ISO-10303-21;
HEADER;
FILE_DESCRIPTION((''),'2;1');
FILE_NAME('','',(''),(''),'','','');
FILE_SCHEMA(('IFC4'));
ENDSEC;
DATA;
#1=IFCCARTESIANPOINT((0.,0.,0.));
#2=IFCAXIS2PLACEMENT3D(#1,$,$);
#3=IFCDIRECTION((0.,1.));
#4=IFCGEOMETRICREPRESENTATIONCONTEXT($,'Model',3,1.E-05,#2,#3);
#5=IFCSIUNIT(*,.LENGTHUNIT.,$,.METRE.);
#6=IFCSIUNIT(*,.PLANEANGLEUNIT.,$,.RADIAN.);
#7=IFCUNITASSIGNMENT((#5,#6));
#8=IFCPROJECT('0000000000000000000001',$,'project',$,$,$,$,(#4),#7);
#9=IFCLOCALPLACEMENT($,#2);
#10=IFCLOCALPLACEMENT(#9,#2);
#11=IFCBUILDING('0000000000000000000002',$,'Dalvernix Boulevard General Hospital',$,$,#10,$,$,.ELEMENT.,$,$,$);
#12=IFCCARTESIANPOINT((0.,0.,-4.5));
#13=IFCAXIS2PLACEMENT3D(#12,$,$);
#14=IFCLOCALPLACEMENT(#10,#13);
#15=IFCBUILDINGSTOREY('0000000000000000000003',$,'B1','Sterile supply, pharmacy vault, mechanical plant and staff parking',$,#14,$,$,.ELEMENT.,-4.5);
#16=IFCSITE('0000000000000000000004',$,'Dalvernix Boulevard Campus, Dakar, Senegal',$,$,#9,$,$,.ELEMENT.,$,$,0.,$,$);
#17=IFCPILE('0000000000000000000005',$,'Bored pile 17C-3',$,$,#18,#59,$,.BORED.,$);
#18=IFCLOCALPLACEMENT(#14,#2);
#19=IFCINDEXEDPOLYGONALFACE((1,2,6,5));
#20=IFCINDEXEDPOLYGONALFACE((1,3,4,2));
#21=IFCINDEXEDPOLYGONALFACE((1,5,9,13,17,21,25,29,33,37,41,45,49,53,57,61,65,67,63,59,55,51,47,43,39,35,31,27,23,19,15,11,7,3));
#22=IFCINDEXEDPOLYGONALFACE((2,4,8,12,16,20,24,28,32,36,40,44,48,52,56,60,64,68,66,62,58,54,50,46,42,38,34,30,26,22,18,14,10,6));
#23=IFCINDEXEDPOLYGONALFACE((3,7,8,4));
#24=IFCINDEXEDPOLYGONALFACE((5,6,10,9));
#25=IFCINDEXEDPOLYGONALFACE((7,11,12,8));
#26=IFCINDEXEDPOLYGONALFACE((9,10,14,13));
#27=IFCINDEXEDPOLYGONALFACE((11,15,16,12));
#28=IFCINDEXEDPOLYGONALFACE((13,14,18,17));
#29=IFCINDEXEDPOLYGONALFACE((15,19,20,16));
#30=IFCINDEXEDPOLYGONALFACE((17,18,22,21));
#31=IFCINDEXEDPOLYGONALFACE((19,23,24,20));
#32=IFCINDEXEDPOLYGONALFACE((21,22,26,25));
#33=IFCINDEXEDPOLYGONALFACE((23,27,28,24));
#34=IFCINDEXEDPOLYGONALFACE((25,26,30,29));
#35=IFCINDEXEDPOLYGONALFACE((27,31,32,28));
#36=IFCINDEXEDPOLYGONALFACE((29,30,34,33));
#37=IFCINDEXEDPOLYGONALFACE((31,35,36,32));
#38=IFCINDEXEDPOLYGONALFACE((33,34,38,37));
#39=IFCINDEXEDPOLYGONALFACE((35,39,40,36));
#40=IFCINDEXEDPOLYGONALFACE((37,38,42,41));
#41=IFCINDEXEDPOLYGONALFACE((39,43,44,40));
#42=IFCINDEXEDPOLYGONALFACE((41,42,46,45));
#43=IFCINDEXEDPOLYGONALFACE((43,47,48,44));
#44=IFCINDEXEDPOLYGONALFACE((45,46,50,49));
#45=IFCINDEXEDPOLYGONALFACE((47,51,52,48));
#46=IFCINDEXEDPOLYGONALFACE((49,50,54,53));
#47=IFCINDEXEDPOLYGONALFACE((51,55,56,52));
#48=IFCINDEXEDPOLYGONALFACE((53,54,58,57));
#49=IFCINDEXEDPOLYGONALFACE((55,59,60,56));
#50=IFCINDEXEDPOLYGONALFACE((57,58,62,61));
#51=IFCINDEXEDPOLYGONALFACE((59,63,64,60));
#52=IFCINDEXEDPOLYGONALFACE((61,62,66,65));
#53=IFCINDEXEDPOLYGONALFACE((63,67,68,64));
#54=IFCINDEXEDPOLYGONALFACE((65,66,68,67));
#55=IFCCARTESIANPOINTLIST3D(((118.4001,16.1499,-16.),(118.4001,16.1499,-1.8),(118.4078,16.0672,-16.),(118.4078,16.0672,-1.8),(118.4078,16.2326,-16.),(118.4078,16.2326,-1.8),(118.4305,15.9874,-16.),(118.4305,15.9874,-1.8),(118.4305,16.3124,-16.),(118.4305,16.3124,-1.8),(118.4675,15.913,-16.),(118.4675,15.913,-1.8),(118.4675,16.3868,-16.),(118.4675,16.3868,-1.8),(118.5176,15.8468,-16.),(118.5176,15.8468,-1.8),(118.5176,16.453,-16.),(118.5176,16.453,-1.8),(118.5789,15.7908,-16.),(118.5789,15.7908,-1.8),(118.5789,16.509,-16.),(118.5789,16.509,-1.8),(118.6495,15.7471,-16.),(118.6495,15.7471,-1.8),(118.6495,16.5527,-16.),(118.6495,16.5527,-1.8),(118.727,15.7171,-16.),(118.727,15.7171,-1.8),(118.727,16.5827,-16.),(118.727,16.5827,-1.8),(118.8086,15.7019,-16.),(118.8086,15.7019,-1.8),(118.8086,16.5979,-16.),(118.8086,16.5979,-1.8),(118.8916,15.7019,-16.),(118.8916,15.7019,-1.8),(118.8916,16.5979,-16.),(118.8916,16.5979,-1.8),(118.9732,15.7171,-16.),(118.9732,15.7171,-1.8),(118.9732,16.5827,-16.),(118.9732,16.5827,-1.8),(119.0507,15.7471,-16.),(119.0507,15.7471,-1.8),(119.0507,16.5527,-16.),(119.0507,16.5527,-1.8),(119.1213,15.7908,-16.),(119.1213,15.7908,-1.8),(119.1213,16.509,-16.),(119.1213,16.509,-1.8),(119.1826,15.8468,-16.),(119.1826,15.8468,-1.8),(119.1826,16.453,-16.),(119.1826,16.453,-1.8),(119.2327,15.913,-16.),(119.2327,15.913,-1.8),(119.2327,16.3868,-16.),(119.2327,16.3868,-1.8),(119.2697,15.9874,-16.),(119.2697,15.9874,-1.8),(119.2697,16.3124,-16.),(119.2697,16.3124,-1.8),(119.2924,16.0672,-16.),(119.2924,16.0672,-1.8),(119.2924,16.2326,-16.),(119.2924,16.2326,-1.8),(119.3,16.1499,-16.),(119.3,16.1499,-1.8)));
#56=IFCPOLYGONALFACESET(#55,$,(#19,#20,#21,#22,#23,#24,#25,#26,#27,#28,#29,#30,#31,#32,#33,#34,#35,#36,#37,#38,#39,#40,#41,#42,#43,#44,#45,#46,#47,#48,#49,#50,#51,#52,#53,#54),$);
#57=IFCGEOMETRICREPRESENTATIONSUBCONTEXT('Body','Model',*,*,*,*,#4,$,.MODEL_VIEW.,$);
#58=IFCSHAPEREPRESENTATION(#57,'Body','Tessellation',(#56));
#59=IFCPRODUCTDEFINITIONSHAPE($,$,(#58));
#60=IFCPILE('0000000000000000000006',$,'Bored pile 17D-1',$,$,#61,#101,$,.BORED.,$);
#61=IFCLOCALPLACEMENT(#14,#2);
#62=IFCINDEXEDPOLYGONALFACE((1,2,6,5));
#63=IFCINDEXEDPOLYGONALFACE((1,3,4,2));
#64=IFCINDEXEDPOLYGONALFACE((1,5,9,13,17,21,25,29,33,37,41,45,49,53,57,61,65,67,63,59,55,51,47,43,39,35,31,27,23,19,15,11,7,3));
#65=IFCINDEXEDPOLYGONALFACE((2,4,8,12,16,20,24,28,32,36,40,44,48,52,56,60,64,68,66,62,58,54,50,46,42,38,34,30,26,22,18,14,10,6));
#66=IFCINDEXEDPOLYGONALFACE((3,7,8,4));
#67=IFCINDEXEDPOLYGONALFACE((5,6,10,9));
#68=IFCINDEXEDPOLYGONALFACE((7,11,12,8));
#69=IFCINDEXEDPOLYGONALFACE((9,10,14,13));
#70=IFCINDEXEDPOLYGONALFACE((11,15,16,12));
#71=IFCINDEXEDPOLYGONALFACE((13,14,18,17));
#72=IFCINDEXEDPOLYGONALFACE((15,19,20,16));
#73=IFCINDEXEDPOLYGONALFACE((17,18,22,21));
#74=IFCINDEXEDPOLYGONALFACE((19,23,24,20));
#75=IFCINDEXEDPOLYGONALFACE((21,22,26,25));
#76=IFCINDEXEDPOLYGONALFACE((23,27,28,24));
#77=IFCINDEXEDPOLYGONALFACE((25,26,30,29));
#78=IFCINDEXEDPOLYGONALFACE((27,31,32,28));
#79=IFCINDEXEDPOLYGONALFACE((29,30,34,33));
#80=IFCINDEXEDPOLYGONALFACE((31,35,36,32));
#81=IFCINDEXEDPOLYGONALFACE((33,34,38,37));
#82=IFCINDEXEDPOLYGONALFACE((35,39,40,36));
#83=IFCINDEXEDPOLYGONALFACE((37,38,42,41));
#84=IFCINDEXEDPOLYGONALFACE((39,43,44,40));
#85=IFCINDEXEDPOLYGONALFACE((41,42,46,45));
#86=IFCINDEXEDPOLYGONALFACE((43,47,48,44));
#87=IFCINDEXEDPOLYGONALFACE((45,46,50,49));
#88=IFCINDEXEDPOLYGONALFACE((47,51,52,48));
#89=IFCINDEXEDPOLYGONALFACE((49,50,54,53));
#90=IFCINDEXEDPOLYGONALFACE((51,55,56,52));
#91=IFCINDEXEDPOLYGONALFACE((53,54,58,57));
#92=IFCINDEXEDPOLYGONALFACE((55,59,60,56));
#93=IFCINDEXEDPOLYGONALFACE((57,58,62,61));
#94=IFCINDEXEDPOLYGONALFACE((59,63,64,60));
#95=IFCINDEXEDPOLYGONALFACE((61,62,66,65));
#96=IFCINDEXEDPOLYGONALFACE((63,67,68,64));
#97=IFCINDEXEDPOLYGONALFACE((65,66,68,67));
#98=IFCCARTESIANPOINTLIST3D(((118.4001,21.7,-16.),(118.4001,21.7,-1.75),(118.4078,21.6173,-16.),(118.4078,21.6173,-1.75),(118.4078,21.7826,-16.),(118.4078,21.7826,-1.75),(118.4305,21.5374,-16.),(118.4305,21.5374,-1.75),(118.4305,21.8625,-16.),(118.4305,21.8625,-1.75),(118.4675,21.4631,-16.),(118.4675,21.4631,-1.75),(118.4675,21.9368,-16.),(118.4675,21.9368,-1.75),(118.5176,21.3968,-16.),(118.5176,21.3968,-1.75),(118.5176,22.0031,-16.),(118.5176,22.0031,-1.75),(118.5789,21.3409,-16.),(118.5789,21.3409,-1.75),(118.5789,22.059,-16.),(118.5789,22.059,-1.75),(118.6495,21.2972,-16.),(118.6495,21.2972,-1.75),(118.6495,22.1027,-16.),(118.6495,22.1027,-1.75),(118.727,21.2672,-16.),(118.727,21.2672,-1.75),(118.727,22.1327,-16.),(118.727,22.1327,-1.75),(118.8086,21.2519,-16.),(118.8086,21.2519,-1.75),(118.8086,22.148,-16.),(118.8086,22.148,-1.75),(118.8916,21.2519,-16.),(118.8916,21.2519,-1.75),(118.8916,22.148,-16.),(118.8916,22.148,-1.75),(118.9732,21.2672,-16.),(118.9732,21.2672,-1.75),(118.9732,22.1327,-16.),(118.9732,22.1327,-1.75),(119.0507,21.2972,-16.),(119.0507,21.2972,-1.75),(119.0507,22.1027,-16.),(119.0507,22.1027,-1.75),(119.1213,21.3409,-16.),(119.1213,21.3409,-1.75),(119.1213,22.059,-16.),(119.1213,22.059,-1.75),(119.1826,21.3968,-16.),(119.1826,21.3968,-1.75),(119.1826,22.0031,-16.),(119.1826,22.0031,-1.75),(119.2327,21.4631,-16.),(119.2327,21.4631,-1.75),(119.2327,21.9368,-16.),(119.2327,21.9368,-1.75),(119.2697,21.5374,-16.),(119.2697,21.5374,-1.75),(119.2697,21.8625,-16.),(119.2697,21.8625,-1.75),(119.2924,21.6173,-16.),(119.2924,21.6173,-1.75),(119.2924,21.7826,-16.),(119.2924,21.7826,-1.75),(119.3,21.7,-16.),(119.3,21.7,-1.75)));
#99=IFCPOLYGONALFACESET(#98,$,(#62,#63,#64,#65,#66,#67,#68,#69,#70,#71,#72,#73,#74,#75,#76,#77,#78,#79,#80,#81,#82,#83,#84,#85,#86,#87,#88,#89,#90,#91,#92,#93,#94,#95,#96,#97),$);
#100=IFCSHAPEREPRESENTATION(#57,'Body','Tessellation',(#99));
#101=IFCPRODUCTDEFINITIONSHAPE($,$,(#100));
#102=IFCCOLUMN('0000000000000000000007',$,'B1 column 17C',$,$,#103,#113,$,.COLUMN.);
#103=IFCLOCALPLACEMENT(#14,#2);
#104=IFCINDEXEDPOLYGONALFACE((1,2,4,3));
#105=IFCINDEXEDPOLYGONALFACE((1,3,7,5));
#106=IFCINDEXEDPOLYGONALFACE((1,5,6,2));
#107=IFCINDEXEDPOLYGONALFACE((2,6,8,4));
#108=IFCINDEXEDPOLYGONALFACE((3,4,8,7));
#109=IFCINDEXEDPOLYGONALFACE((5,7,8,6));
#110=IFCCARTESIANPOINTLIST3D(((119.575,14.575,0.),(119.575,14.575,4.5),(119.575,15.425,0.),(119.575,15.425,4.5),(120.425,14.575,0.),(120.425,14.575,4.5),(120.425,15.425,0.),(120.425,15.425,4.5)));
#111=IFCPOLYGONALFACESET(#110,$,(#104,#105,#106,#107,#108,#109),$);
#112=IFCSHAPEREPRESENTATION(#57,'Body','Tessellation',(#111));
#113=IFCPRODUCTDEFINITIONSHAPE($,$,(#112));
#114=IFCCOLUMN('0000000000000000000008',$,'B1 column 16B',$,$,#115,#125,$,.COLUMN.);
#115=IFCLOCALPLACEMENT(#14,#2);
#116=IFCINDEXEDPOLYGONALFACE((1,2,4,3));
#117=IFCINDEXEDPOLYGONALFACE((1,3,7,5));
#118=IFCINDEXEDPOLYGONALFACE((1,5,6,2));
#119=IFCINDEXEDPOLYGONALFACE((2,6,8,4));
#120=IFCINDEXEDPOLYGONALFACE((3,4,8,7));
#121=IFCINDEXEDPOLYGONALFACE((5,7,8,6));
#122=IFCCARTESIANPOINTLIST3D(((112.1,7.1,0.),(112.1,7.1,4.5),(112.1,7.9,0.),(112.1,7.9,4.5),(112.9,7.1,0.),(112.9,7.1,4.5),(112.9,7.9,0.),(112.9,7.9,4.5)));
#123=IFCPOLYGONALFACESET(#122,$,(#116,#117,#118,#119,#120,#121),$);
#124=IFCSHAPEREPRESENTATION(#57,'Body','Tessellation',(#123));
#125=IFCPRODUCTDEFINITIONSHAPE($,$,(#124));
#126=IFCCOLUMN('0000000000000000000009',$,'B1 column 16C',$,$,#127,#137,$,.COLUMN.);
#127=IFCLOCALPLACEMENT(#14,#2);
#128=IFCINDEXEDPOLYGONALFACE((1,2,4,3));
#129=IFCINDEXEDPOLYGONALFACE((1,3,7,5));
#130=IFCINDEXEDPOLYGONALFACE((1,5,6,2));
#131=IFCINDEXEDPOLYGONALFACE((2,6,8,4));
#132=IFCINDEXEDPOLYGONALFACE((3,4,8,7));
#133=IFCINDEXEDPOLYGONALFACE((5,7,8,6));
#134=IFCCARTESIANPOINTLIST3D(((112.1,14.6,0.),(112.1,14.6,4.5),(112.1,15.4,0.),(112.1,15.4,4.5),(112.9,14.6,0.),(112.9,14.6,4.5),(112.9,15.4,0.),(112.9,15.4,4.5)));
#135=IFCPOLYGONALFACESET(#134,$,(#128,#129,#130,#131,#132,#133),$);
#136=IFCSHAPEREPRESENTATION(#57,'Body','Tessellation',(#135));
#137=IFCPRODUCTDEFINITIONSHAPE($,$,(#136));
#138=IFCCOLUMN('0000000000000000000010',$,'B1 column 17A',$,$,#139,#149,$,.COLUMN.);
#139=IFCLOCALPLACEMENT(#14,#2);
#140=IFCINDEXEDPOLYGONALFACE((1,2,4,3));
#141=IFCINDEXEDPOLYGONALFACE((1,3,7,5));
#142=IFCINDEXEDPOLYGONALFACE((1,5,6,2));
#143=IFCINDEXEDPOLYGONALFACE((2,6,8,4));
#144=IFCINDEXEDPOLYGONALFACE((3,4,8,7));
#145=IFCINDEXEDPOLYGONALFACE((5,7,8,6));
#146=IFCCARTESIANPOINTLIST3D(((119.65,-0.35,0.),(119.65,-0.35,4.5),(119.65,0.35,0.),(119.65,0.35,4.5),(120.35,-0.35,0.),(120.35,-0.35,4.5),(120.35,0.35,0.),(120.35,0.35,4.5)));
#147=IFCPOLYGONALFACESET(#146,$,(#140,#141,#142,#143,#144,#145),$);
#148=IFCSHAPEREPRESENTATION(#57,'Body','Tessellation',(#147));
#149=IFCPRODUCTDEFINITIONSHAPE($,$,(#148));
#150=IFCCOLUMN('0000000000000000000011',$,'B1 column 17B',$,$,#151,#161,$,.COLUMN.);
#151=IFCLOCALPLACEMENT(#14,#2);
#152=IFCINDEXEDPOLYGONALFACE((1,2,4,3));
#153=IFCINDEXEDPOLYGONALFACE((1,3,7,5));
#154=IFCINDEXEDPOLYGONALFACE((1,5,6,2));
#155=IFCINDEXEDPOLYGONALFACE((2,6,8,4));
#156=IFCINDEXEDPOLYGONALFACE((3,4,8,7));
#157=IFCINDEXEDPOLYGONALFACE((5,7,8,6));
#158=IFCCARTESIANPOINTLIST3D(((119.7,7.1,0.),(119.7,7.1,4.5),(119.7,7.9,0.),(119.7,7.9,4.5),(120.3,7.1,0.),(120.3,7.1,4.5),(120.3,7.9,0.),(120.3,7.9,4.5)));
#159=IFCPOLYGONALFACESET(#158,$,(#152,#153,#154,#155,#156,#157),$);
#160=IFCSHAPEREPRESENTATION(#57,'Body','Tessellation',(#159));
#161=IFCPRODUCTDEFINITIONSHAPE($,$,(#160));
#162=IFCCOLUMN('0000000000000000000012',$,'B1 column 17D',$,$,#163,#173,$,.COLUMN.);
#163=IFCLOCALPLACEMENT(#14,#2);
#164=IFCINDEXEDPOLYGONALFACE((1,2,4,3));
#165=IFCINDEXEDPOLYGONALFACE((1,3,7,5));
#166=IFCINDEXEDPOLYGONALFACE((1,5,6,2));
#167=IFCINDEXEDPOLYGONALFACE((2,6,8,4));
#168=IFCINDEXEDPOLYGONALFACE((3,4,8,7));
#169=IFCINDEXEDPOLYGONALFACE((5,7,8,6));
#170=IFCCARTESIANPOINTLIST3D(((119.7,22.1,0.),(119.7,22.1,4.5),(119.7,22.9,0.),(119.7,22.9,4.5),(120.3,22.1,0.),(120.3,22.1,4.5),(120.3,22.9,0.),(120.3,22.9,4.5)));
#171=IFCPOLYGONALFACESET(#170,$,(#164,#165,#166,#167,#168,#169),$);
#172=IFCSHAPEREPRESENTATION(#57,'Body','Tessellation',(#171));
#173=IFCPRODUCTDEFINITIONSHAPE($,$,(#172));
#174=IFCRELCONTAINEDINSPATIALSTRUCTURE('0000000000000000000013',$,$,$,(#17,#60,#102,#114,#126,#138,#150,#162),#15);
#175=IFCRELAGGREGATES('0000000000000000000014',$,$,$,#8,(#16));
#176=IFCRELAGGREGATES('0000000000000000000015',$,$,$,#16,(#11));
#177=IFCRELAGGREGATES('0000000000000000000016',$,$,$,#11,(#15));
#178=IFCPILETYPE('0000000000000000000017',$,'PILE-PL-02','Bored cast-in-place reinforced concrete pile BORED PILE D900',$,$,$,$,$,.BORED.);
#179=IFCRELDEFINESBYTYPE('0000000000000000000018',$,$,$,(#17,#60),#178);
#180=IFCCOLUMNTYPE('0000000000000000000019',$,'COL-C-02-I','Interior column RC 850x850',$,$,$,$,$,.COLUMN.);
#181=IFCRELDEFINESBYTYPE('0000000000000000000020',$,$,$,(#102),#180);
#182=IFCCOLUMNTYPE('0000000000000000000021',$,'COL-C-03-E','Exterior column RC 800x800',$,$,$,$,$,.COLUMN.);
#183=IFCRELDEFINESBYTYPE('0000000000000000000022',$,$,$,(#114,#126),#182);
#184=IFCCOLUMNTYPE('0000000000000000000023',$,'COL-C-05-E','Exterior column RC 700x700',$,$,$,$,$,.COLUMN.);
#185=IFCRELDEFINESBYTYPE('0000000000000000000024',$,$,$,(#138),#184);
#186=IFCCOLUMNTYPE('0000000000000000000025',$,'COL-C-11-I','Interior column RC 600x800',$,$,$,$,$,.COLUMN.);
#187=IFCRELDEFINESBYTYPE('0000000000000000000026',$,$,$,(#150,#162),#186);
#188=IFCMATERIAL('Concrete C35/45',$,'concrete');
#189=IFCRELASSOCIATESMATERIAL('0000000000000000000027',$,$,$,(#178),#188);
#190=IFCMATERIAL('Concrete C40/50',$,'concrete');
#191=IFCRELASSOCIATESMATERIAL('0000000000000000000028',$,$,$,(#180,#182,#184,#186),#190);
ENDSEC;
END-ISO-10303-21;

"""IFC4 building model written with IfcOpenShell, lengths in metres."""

from ifc_helpers import new_model, si_unit, direction, frame, origin, origin_2d, place, context, subcontext, project, spatial, rectangle, circle, extrude, material, material_profile, profile_set, type_object, element, save


model = new_model("IFC4")

# Units and contexts
model_context = context("Model", 3, precision=1e-05, world=origin(), true_north=direction((0.0, 1.0)))
body_context = subcontext(model_context, "Body", "Model", "MODEL_VIEW")
ifc_project = project(units=[si_unit("LENGTHUNIT", "METRE"), si_unit("PLANEANGLEUNIT", "RADIAN")], contexts=[model_context])

# Site, building, storey
site_placement = place(None, origin())
site = spatial("IfcSite", under=ifc_project, at=site_placement, Name="Dalvernix Boulevard Campus, Dakar, Senegal", CompositionType="ELEMENT", RefElevation=0.0)
building_placement = place(site_placement, origin())
building = spatial("IfcBuilding", under=site, at=building_placement, Name="Dalvernix Boulevard General Hospital", CompositionType="ELEMENT")
storey_placement = place(building_placement, frame((0.0, 0.0, -4.5)))
storey = spatial("IfcBuildingStorey", under=building, at=storey_placement, Name="B1", Description="Sterile supply, pharmacy vault, mechanical plant and staff parking", CompositionType="ELEMENT", Elevation=-4.5)

# Shared definitions
ifc_material_1 = material(Name="Concrete C35/45", Category="concrete")
ifc_material_2 = material(Name="Concrete C40/50", Category="concrete")

# Piles
ifc_material_profile_1 = material_profile(ifc_material_1, circle(Radius=0.45, at=origin_2d()), Name="BORED PILE D900")
ifc_profile_set_1 = profile_set([ifc_material_profile_1], Name="Concrete C35/45")
pile_type_1 = type_object("IfcPileType", Name="PILE-PL-02", Description="Bored cast-in-place reinforced concrete pile BORED PILE D900", PredefinedType="BORED", material=ifc_profile_set_1)
for number, where, z_axis, x_axis, name in (
    (1, (118.8501, 16.1499, -1.8), (0.0, 0.0, -1.0), (1.0, 0.0, 0.0), "Bored pile 17C-3"),
):
    element("IfcPile", number, at=place(storey_placement, frame(where, z_axis=z_axis, x_axis=x_axis)), inside=storey, type_object=pile_type_1, Name=name, PredefinedType="BORED", context=body_context, shape_type="SweptSolid", body=[
        extrude(circle(Radius=0.45, at=origin_2d()), origin(), (0.0, 0.0, 1.0), 14.2),
    ])
pile_placement = place(storey_placement, frame((118.8501, 21.7, -1.75), z_axis=(0.0, 0.0, -1.0), x_axis=(1.0, 0.0, 0.0)))
element("IfcPile", 2, at=pile_placement, inside=storey, type_object=pile_type_1, Name="Bored pile 17D-1", PredefinedType="BORED", context=body_context, shape_type="SweptSolid", body=[
    extrude(circle(Radius=0.45, at=origin_2d()), origin(), (0.0, 0.0, 1.0), 14.25),
])

# Columns
ifc_material_profile_2 = material_profile(ifc_material_2, rectangle(XDim=0.8501, YDim=0.8501, at=origin_2d()), Name="RC 850x850")
ifc_profile_set_2 = profile_set([ifc_material_profile_2], Name="Concrete C40/50")
column_type_1 = type_object("IfcColumnType", Name="COL-C-02-I", Description="Interior column RC 850x850", PredefinedType="COLUMN", material=ifc_profile_set_2)
column_1_placement = place(storey_placement, frame((120.0, 15.0, 0.0), z_axis=(0.0, 0.0, 1.0), x_axis=(1.0, 0.0, 0.0)))
element("IfcColumn", 3, at=column_1_placement, inside=storey, type_object=column_type_1, Name="B1 column 17C", PredefinedType="COLUMN", context=body_context, shape_type="SweptSolid", body=[
    extrude(rectangle(XDim=0.8501, YDim=0.8501, at=origin_2d()), origin(), (0.0, 0.0, 1.0), 4.5),
])
ifc_material_profile_3 = material_profile(ifc_material_2, rectangle(XDim=0.8, YDim=0.8, at=origin_2d()), Name="RC 800x800")
ifc_profile_set_3 = profile_set([ifc_material_profile_3], Name="Concrete C40/50")
column_type_2 = type_object("IfcColumnType", Name="COL-C-03-E", Description="Exterior column RC 800x800", PredefinedType="COLUMN", material=ifc_profile_set_3)
for number, where, z_axis, x_axis, name in (
    (4, (112.5, 7.5, 0.0), (0.0, 0.0, 1.0), (1.0, 0.0, 0.0), "B1 column 16B"),
    (5, (112.5, 15.0, 0.0), (0.0, 0.0, 1.0), (1.0, 0.0, 0.0), "B1 column 16C"),
):
    element("IfcColumn", number, at=place(storey_placement, frame(where, z_axis=z_axis, x_axis=x_axis)), inside=storey, type_object=column_type_2, Name=name, PredefinedType="COLUMN", context=body_context, shape_type="SweptSolid", body=[
        extrude(rectangle(XDim=0.8, YDim=0.8, at=origin_2d()), origin(), (0.0, 0.0, 1.0), 4.5),
    ])
ifc_material_profile_4 = material_profile(ifc_material_2, rectangle(XDim=0.7, YDim=0.7, at=origin_2d()), Name="RC 700x700")
ifc_profile_set_4 = profile_set([ifc_material_profile_4], Name="Concrete C40/50")
column_type_3 = type_object("IfcColumnType", Name="COL-C-05-E", Description="Exterior column RC 700x700", PredefinedType="COLUMN", material=ifc_profile_set_4)
column_2_placement = place(storey_placement, frame((120.0, 0.0, 0.0), z_axis=(0.0, 0.0, 1.0), x_axis=(1.0, 0.0, 0.0)))
element("IfcColumn", 6, at=column_2_placement, inside=storey, type_object=column_type_3, Name="B1 column 17A", PredefinedType="COLUMN", context=body_context, shape_type="SweptSolid", body=[
    extrude(rectangle(XDim=0.7, YDim=0.7, at=origin_2d()), origin(), (0.0, 0.0, 1.0), 4.5),
])
ifc_material_profile_5 = material_profile(ifc_material_2, rectangle(XDim=0.6001, YDim=0.8, at=origin_2d()), Name="RC 600x800")
ifc_profile_set_5 = profile_set([ifc_material_profile_5], Name="Concrete C40/50")
column_type_4 = type_object("IfcColumnType", Name="COL-C-11-I", Description="Interior column RC 600x800", PredefinedType="COLUMN", material=ifc_profile_set_5)
for number, where, z_axis, x_axis, name in (
    (7, (120.0, 7.5, 0.0), (0.0, 0.0, 1.0), (1.0, 0.0, 0.0), "B1 column 17B"),
    (8, (120.0, 22.5, 0.0), (0.0, 0.0, 1.0), (1.0, 0.0, 0.0), "B1 column 17D"),
):
    element("IfcColumn", number, at=place(storey_placement, frame(where, z_axis=z_axis, x_axis=x_axis)), inside=storey, type_object=column_type_4, Name=name, PredefinedType="COLUMN", context=body_context, shape_type="SweptSolid", body=[
        extrude(rectangle(XDim=0.6001, YDim=0.8, at=origin_2d()), origin(), (0.0, 0.0, 1.0), 4.5),
    ])

save(model, "model.ifc")
